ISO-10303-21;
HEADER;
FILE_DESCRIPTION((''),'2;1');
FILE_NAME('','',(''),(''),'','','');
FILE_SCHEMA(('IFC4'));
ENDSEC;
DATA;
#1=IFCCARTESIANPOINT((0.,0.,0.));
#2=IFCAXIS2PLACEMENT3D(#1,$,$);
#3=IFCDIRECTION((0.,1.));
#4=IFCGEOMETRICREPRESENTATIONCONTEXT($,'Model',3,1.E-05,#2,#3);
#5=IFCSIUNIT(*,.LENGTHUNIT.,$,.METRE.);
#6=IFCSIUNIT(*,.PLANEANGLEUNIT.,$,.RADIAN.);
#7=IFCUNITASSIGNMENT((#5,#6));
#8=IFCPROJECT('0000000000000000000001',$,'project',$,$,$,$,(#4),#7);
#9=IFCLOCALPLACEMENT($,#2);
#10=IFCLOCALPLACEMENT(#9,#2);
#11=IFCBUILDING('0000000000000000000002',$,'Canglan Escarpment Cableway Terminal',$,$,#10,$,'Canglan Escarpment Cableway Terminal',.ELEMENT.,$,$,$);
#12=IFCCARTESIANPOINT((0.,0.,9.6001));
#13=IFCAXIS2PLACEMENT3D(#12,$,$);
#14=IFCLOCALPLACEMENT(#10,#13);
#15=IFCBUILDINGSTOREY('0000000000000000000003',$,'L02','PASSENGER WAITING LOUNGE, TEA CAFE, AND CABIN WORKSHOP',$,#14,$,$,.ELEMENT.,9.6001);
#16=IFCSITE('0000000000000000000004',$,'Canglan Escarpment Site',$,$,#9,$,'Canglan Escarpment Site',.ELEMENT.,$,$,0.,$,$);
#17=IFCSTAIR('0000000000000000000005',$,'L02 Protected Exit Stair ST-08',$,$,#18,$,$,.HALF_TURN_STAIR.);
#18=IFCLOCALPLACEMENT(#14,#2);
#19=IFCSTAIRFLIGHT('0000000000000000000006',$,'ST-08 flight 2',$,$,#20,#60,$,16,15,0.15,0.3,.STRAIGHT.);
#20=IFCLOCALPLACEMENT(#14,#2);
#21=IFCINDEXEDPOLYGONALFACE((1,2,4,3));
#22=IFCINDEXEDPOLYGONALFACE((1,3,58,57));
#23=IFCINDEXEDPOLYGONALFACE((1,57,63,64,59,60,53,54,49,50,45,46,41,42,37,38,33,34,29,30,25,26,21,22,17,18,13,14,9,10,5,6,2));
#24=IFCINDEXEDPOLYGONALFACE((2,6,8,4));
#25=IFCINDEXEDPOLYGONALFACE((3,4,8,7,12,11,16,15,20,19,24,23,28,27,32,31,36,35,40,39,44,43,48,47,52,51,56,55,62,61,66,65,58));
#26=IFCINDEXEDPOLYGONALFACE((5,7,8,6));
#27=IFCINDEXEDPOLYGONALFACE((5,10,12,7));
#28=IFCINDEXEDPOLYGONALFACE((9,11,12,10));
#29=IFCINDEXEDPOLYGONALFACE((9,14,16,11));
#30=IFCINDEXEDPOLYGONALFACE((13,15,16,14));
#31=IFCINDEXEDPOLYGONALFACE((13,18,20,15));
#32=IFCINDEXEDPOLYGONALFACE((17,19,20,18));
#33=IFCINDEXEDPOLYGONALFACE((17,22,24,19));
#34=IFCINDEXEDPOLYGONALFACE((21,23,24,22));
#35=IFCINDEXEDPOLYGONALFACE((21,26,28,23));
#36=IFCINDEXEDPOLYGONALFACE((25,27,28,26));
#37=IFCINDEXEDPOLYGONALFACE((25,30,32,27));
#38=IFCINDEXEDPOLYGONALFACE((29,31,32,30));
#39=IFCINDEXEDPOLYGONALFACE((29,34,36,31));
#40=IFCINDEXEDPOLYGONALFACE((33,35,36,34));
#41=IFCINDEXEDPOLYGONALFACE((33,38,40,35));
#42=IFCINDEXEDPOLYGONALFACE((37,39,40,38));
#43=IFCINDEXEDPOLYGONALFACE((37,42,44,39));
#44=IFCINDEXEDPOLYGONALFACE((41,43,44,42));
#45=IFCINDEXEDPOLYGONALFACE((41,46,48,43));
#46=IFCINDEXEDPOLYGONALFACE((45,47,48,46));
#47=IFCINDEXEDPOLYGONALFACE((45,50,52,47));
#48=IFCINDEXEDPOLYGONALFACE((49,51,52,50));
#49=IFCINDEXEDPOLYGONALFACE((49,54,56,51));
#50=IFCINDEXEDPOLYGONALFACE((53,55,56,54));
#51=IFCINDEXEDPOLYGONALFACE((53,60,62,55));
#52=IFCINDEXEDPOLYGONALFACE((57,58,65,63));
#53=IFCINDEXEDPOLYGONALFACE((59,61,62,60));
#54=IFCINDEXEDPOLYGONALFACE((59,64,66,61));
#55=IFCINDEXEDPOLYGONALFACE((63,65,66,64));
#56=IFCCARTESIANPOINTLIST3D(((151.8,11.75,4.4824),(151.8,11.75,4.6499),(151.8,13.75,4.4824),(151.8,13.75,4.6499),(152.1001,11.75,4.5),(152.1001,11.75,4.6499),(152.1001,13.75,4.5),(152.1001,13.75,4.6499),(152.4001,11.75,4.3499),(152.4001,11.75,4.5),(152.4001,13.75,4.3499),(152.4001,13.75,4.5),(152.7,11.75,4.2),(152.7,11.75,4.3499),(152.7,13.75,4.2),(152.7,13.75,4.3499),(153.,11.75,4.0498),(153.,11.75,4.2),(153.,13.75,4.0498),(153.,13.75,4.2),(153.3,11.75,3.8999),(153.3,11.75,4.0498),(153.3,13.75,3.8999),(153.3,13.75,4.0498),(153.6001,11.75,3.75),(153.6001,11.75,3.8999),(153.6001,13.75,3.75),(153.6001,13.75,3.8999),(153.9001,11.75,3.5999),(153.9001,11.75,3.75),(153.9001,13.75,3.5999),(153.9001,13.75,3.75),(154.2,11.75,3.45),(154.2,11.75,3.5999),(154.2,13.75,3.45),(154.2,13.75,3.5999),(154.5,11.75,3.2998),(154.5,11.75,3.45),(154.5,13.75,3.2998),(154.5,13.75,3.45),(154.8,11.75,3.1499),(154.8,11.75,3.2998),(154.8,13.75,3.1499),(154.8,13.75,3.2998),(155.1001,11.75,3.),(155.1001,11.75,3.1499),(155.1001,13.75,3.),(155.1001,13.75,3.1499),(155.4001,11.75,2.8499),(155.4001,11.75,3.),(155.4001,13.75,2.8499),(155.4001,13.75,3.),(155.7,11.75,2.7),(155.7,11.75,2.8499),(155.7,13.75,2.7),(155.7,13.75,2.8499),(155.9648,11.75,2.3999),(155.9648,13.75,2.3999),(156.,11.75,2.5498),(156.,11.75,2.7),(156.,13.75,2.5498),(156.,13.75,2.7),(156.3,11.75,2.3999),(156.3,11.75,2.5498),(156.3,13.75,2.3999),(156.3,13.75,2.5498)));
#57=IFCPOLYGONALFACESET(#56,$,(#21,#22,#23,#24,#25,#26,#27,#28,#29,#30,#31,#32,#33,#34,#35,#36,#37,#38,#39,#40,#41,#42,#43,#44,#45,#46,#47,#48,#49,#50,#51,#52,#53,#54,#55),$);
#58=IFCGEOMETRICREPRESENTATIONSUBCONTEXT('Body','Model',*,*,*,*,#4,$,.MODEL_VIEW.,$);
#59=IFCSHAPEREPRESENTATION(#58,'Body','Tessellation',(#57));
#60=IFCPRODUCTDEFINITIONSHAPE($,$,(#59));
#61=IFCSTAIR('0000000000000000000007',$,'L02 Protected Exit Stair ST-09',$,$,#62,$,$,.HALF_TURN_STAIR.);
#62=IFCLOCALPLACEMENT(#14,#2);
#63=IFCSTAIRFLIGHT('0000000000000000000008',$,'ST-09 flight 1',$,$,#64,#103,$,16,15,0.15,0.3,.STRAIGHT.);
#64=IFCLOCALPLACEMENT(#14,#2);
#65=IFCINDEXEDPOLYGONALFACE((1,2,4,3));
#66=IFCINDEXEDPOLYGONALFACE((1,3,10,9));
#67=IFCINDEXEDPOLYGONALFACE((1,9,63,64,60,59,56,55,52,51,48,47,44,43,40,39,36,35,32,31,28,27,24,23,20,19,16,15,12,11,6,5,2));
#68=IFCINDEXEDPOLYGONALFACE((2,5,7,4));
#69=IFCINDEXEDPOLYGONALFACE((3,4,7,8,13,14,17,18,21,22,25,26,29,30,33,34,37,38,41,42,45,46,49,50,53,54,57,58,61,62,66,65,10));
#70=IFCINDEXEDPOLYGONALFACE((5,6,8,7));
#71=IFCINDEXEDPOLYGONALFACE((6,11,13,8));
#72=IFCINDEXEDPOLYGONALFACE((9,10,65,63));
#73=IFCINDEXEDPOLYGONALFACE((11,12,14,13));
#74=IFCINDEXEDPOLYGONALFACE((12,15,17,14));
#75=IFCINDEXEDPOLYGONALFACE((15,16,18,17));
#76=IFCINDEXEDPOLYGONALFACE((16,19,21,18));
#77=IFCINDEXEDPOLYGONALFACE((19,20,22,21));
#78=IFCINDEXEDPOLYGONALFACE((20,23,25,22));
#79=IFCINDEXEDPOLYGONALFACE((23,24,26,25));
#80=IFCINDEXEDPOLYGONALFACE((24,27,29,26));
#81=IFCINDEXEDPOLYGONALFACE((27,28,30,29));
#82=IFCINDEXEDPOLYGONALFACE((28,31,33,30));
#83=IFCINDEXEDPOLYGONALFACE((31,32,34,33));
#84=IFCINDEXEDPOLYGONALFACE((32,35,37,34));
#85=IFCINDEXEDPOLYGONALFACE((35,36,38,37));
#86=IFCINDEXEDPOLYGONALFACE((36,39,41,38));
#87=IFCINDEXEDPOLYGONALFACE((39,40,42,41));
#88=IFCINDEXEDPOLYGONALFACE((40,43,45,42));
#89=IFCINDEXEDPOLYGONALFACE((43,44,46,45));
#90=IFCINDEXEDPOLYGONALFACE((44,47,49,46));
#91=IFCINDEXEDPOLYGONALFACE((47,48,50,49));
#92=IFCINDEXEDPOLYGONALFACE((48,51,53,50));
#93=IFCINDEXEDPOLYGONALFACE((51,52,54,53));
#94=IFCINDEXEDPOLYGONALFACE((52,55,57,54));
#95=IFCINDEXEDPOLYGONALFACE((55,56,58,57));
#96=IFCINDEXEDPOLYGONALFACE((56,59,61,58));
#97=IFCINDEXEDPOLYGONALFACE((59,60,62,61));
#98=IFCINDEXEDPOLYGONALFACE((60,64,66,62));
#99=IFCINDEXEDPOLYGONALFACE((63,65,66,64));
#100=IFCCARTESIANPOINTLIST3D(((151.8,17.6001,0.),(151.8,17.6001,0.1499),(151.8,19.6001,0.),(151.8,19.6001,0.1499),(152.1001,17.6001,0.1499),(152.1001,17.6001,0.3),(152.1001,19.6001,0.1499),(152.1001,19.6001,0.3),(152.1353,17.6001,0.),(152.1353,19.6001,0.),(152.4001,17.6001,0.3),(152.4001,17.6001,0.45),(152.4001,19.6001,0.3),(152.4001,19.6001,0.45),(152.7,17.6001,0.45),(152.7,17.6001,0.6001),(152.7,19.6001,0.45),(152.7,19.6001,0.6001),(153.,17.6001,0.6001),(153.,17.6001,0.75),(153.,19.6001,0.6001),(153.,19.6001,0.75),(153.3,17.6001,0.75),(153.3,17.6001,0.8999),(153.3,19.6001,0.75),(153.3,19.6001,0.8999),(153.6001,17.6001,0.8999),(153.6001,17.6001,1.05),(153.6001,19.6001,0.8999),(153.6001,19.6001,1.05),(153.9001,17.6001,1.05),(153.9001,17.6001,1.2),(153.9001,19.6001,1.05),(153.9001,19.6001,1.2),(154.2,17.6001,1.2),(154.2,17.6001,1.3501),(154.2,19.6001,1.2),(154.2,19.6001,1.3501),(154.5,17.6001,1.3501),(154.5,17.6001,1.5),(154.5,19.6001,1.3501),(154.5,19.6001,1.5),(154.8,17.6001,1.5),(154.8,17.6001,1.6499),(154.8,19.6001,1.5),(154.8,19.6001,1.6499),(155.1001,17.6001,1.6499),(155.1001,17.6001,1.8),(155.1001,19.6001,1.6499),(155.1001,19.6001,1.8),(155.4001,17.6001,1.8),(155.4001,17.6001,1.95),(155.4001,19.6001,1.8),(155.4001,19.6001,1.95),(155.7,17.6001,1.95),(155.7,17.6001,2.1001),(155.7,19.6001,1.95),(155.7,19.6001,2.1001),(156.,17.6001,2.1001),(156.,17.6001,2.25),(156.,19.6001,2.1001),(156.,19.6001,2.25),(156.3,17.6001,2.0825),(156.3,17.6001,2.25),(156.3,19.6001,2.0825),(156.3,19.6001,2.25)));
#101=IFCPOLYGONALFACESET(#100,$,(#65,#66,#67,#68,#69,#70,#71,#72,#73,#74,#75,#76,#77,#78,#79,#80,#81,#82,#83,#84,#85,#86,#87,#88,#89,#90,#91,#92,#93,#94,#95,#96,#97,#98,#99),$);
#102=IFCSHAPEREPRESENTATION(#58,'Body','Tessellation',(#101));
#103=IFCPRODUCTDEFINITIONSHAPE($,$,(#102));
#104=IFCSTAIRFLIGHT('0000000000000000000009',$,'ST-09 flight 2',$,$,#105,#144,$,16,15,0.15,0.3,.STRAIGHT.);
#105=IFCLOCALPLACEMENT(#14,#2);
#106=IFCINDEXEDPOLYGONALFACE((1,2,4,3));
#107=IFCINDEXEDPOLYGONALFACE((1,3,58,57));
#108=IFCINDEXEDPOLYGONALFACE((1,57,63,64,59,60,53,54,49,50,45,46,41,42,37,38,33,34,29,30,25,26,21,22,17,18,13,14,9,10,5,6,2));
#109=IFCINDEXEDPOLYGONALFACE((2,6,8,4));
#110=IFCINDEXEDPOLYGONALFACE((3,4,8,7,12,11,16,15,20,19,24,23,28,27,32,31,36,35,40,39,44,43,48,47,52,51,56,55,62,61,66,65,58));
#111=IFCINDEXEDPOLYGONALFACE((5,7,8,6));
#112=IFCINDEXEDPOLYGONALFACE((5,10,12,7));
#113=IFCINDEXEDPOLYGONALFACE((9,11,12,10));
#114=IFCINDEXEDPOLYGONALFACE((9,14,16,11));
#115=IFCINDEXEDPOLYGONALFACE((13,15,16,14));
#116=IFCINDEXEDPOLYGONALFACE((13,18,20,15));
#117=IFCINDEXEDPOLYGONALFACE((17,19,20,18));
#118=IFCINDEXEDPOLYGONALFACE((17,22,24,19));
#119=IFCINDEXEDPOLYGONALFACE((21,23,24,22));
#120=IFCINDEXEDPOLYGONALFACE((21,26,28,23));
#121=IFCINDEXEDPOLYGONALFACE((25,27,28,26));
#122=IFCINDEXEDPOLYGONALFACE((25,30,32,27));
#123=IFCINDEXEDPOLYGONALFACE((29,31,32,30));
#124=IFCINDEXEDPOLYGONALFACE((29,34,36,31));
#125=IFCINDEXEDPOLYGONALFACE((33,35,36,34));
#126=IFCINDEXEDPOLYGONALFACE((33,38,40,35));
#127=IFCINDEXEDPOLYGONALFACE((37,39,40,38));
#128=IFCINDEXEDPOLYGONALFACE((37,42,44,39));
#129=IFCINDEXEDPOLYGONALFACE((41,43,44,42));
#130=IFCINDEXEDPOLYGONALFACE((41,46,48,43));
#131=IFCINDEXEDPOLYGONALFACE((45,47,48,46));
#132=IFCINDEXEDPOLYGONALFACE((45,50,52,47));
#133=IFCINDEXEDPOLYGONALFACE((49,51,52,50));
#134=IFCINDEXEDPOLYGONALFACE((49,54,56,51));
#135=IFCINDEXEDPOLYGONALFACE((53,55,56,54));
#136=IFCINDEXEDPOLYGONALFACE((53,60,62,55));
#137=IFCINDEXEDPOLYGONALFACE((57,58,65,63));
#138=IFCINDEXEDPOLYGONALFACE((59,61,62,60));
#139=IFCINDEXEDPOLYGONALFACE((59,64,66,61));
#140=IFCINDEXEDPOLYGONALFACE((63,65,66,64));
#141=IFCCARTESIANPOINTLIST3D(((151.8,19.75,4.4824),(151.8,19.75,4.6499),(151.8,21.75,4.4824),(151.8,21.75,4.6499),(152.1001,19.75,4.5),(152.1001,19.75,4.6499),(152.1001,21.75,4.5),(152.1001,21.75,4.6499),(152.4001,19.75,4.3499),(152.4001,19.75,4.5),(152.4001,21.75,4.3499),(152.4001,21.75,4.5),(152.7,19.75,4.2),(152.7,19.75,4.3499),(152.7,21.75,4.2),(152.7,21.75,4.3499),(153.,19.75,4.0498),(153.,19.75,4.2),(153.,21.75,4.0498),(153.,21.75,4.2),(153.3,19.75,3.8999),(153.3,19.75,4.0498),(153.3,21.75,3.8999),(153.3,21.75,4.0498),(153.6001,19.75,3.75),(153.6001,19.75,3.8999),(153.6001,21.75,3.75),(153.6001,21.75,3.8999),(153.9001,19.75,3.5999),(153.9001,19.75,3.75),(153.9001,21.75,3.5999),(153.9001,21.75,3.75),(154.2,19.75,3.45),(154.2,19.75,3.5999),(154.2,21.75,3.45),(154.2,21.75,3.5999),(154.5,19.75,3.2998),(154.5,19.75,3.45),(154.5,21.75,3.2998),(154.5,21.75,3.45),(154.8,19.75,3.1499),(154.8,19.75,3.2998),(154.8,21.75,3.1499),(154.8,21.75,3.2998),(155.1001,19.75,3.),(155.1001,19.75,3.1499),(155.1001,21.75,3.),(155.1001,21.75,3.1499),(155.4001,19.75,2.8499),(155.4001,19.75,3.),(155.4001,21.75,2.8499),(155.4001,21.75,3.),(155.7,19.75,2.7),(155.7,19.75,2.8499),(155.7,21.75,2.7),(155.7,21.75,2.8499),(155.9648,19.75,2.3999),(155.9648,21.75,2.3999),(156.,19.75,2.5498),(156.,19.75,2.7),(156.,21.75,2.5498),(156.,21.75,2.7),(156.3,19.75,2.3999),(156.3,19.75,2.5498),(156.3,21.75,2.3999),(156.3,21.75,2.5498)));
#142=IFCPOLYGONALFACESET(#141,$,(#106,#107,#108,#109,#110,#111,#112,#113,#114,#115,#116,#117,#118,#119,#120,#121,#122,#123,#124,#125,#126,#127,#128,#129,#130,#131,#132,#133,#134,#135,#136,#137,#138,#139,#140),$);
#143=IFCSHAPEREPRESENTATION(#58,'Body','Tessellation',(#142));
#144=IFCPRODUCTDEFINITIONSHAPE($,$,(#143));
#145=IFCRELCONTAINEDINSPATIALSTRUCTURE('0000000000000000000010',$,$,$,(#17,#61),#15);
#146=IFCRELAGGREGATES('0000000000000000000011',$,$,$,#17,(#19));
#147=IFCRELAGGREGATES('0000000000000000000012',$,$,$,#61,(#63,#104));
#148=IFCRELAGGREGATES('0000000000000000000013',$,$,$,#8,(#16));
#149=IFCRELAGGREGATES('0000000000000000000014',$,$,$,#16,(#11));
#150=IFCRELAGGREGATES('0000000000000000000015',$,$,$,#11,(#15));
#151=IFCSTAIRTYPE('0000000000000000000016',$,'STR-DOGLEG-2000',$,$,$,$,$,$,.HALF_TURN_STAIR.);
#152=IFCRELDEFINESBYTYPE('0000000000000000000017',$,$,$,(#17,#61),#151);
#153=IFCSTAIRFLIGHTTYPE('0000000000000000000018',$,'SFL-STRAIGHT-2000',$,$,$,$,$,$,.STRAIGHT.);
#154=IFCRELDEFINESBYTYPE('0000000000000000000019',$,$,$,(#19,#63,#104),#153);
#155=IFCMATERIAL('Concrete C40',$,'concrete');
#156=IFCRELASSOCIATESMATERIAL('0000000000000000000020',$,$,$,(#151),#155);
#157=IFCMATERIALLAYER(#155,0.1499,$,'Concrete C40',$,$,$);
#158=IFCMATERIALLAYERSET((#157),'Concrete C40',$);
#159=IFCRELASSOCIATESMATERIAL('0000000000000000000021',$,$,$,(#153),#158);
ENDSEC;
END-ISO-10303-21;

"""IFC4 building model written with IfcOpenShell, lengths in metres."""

from ifc_helpers import new_model, si_unit, direction, frame, origin, place, context, subcontext, project, spatial, polyline, outline, extrude, material, layer, layer_set, type_object, element, aggregate, save


model = new_model("IFC4")

# Units and contexts
model_context = context("Model", 3, precision=1e-05, world=origin(), true_north=direction((0.0, 1.0)))
body_context = subcontext(model_context, "Body", "Model", "MODEL_VIEW")
ifc_project = project(units=[si_unit("LENGTHUNIT", "METRE"), si_unit("PLANEANGLEUNIT", "RADIAN")], contexts=[model_context])

# Site, building, storey
site_placement = place(None, origin())
site = spatial("IfcSite", under=ifc_project, at=site_placement, Name="Canglan Escarpment Site", LongName="Canglan Escarpment Site", CompositionType="ELEMENT", RefElevation=0.0)
building_placement = place(site_placement, origin())
building = spatial("IfcBuilding", under=site, at=building_placement, Name="Canglan Escarpment Cableway Terminal", LongName="Canglan Escarpment Cableway Terminal", CompositionType="ELEMENT")
storey_placement = place(building_placement, frame((0.0, 0.0, 9.6001)))
storey = spatial("IfcBuildingStorey", under=building, at=storey_placement, Name="L02", Description="PASSENGER WAITING LOUNGE, TEA CAFE, AND CABIN WORKSHOP", CompositionType="ELEMENT", Elevation=9.6001)

# Shared definitions
ifc_material_1 = material(Name="Concrete C40", Category="concrete")

# Stair, stair flight
stair_type = type_object("IfcStairType", Name="STR-DOGLEG-2000", PredefinedType="HALF_TURN_STAIR", material=ifc_material_1)
stair_1_placement = place(storey_placement, origin())
stair_1 = element("IfcStair", 1, at=stair_1_placement, inside=storey, type_object=stair_type, Name="L02 Protected Exit Stair ST-08", PredefinedType="HALF_TURN_STAIR")
ifc_layer_1 = layer(ifc_material_1, 0.1499, Name="Concrete C40")
ifc_layer_set_1 = layer_set([ifc_layer_1], Name="Concrete C40")
stair_flight_type = type_object("IfcStairFlightType", Name="SFL-STRAIGHT-2000", PredefinedType="STRAIGHT", material=ifc_layer_set_1)
stair_flight_1_placement = place(storey_placement, frame((156.3, 12.75, 2.3999), z_axis=(0.0, 0.0, 1.0), x_axis=(-1.0, 0.0, 0.0)))
stair_flight_1 = element("IfcStairFlight", 2, at=stair_flight_1_placement, type_object=stair_flight_type, Name="ST-08 flight 2", NumberOfRisers=16, NumberOfTreads=15, PredefinedType="STRAIGHT", RiserHeight=0.15, TreadLength=0.3, context=body_context, shape_type="SweptSolid", body=[
    extrude(outline(polyline([(0.0, 0.0), (0.0, 0.1499), (0.3, 0.1499), (0.3, 0.3), (0.6001, 0.3), (0.6001, 0.45), (0.8999, 0.45), (0.8999, 0.6001), (1.2, 0.6001), (1.2, 0.75), (1.5, 0.75), (1.5, 0.8999), (1.8, 0.8999), (1.8, 1.05), (2.1001, 1.05), (2.1001, 1.2), (2.3999, 1.2), (2.3999, 1.3501), (2.7, 1.3501), (2.7, 1.5), (3.0, 1.5), (3.0, 1.6499), (3.3, 1.6499), (3.3, 1.8), (3.6001, 1.8), (3.6001, 1.95), (3.8999, 1.95), (3.8999, 2.1001), (4.2, 2.1001), (4.2, 2.25), (4.5, 2.25), (4.5, 2.3999), (4.5, 2.0825), (0.3352, 0.0), (0.0, 0.0)])), frame((0.0, 1.0, 0.0), z_axis=(0.0, -1.0, 0.0), x_axis=(1.0, 0.0, 0.0)), (0.0, 0.0, 1.0), 2.0),
])
aggregate(stair_1, [stair_flight_1])

# Stair, stair flights
stair_2_placement = place(storey_placement, origin())
stair_2 = element("IfcStair", 3, at=stair_2_placement, inside=storey, type_object=stair_type, Name="L02 Protected Exit Stair ST-09", PredefinedType="HALF_TURN_STAIR")
stair_flight_2_placement = place(storey_placement, frame((151.8, 18.6001, 0.0), z_axis=(0.0, 0.0, 1.0), x_axis=(1.0, 0.0, 0.0)))
stair_flight_2 = element("IfcStairFlight", 4, at=stair_flight_2_placement, type_object=stair_flight_type, Name="ST-09 flight 1", NumberOfRisers=16, NumberOfTreads=15, PredefinedType="STRAIGHT", RiserHeight=0.15, TreadLength=0.3, context=body_context, shape_type="SweptSolid", body=[
    extrude(outline(polyline([(0.0, 0.0), (0.0, 0.1499), (0.3, 0.1499), (0.3, 0.3), (0.6001, 0.3), (0.6001, 0.45), (0.8999, 0.45), (0.8999, 0.6001), (1.2, 0.6001), (1.2, 0.75), (1.5, 0.75), (1.5, 0.8999), (1.8, 0.8999), (1.8, 1.05), (2.1001, 1.05), (2.1001, 1.2), (2.3999, 1.2), (2.3999, 1.3501), (2.7, 1.3501), (2.7, 1.5), (3.0, 1.5), (3.0, 1.6499), (3.3, 1.6499), (3.3, 1.8), (3.6001, 1.8), (3.6001, 1.95), (3.8999, 1.95), (3.8999, 2.1001), (4.2, 2.1001), (4.2, 2.25), (4.5, 2.25), (4.5, 2.3999), (4.5, 2.0825), (0.3352, 0.0), (0.0, 0.0)])), frame((0.0, 1.0, 0.0), z_axis=(0.0, -1.0, 0.0), x_axis=(1.0, 0.0, 0.0)), (0.0, 0.0, 1.0), 2.0),
])
stair_flight_3_placement = place(storey_placement, frame((156.3, 20.75, 2.3999), z_axis=(0.0, 0.0, 1.0), x_axis=(-1.0, 0.0, 0.0)))
stair_flight_3 = element("IfcStairFlight", 5, at=stair_flight_3_placement, type_object=stair_flight_type, Name="ST-09 flight 2", NumberOfRisers=16, NumberOfTreads=15, PredefinedType="STRAIGHT", RiserHeight=0.15, TreadLength=0.3, context=body_context, shape_type="SweptSolid", body=[
    extrude(outline(polyline([(0.0, 0.0), (0.0, 0.1499), (0.3, 0.1499), (0.3, 0.3), (0.6001, 0.3), (0.6001, 0.45), (0.8999, 0.45), (0.8999, 0.6001), (1.2, 0.6001), (1.2, 0.75), (1.5, 0.75), (1.5, 0.8999), (1.8, 0.8999), (1.8, 1.05), (2.1001, 1.05), (2.1001, 1.2), (2.3999, 1.2), (2.3999, 1.3501), (2.7, 1.3501), (2.7, 1.5), (3.0, 1.5), (3.0, 1.6499), (3.3, 1.6499), (3.3, 1.8), (3.6001, 1.8), (3.6001, 1.95), (3.8999, 1.95), (3.8999, 2.1001), (4.2, 2.1001), (4.2, 2.25), (4.5, 2.25), (4.5, 2.3999), (4.5, 2.0825), (0.3352, 0.0), (0.0, 0.0)])), frame((0.0, 1.0, 0.0), z_axis=(0.0, -1.0, 0.0), x_axis=(1.0, 0.0, 0.0)), (0.0, 0.0, 1.0), 2.0),
])
aggregate(stair_2, [stair_flight_2, stair_flight_3])

save(model, "model.ifc")
